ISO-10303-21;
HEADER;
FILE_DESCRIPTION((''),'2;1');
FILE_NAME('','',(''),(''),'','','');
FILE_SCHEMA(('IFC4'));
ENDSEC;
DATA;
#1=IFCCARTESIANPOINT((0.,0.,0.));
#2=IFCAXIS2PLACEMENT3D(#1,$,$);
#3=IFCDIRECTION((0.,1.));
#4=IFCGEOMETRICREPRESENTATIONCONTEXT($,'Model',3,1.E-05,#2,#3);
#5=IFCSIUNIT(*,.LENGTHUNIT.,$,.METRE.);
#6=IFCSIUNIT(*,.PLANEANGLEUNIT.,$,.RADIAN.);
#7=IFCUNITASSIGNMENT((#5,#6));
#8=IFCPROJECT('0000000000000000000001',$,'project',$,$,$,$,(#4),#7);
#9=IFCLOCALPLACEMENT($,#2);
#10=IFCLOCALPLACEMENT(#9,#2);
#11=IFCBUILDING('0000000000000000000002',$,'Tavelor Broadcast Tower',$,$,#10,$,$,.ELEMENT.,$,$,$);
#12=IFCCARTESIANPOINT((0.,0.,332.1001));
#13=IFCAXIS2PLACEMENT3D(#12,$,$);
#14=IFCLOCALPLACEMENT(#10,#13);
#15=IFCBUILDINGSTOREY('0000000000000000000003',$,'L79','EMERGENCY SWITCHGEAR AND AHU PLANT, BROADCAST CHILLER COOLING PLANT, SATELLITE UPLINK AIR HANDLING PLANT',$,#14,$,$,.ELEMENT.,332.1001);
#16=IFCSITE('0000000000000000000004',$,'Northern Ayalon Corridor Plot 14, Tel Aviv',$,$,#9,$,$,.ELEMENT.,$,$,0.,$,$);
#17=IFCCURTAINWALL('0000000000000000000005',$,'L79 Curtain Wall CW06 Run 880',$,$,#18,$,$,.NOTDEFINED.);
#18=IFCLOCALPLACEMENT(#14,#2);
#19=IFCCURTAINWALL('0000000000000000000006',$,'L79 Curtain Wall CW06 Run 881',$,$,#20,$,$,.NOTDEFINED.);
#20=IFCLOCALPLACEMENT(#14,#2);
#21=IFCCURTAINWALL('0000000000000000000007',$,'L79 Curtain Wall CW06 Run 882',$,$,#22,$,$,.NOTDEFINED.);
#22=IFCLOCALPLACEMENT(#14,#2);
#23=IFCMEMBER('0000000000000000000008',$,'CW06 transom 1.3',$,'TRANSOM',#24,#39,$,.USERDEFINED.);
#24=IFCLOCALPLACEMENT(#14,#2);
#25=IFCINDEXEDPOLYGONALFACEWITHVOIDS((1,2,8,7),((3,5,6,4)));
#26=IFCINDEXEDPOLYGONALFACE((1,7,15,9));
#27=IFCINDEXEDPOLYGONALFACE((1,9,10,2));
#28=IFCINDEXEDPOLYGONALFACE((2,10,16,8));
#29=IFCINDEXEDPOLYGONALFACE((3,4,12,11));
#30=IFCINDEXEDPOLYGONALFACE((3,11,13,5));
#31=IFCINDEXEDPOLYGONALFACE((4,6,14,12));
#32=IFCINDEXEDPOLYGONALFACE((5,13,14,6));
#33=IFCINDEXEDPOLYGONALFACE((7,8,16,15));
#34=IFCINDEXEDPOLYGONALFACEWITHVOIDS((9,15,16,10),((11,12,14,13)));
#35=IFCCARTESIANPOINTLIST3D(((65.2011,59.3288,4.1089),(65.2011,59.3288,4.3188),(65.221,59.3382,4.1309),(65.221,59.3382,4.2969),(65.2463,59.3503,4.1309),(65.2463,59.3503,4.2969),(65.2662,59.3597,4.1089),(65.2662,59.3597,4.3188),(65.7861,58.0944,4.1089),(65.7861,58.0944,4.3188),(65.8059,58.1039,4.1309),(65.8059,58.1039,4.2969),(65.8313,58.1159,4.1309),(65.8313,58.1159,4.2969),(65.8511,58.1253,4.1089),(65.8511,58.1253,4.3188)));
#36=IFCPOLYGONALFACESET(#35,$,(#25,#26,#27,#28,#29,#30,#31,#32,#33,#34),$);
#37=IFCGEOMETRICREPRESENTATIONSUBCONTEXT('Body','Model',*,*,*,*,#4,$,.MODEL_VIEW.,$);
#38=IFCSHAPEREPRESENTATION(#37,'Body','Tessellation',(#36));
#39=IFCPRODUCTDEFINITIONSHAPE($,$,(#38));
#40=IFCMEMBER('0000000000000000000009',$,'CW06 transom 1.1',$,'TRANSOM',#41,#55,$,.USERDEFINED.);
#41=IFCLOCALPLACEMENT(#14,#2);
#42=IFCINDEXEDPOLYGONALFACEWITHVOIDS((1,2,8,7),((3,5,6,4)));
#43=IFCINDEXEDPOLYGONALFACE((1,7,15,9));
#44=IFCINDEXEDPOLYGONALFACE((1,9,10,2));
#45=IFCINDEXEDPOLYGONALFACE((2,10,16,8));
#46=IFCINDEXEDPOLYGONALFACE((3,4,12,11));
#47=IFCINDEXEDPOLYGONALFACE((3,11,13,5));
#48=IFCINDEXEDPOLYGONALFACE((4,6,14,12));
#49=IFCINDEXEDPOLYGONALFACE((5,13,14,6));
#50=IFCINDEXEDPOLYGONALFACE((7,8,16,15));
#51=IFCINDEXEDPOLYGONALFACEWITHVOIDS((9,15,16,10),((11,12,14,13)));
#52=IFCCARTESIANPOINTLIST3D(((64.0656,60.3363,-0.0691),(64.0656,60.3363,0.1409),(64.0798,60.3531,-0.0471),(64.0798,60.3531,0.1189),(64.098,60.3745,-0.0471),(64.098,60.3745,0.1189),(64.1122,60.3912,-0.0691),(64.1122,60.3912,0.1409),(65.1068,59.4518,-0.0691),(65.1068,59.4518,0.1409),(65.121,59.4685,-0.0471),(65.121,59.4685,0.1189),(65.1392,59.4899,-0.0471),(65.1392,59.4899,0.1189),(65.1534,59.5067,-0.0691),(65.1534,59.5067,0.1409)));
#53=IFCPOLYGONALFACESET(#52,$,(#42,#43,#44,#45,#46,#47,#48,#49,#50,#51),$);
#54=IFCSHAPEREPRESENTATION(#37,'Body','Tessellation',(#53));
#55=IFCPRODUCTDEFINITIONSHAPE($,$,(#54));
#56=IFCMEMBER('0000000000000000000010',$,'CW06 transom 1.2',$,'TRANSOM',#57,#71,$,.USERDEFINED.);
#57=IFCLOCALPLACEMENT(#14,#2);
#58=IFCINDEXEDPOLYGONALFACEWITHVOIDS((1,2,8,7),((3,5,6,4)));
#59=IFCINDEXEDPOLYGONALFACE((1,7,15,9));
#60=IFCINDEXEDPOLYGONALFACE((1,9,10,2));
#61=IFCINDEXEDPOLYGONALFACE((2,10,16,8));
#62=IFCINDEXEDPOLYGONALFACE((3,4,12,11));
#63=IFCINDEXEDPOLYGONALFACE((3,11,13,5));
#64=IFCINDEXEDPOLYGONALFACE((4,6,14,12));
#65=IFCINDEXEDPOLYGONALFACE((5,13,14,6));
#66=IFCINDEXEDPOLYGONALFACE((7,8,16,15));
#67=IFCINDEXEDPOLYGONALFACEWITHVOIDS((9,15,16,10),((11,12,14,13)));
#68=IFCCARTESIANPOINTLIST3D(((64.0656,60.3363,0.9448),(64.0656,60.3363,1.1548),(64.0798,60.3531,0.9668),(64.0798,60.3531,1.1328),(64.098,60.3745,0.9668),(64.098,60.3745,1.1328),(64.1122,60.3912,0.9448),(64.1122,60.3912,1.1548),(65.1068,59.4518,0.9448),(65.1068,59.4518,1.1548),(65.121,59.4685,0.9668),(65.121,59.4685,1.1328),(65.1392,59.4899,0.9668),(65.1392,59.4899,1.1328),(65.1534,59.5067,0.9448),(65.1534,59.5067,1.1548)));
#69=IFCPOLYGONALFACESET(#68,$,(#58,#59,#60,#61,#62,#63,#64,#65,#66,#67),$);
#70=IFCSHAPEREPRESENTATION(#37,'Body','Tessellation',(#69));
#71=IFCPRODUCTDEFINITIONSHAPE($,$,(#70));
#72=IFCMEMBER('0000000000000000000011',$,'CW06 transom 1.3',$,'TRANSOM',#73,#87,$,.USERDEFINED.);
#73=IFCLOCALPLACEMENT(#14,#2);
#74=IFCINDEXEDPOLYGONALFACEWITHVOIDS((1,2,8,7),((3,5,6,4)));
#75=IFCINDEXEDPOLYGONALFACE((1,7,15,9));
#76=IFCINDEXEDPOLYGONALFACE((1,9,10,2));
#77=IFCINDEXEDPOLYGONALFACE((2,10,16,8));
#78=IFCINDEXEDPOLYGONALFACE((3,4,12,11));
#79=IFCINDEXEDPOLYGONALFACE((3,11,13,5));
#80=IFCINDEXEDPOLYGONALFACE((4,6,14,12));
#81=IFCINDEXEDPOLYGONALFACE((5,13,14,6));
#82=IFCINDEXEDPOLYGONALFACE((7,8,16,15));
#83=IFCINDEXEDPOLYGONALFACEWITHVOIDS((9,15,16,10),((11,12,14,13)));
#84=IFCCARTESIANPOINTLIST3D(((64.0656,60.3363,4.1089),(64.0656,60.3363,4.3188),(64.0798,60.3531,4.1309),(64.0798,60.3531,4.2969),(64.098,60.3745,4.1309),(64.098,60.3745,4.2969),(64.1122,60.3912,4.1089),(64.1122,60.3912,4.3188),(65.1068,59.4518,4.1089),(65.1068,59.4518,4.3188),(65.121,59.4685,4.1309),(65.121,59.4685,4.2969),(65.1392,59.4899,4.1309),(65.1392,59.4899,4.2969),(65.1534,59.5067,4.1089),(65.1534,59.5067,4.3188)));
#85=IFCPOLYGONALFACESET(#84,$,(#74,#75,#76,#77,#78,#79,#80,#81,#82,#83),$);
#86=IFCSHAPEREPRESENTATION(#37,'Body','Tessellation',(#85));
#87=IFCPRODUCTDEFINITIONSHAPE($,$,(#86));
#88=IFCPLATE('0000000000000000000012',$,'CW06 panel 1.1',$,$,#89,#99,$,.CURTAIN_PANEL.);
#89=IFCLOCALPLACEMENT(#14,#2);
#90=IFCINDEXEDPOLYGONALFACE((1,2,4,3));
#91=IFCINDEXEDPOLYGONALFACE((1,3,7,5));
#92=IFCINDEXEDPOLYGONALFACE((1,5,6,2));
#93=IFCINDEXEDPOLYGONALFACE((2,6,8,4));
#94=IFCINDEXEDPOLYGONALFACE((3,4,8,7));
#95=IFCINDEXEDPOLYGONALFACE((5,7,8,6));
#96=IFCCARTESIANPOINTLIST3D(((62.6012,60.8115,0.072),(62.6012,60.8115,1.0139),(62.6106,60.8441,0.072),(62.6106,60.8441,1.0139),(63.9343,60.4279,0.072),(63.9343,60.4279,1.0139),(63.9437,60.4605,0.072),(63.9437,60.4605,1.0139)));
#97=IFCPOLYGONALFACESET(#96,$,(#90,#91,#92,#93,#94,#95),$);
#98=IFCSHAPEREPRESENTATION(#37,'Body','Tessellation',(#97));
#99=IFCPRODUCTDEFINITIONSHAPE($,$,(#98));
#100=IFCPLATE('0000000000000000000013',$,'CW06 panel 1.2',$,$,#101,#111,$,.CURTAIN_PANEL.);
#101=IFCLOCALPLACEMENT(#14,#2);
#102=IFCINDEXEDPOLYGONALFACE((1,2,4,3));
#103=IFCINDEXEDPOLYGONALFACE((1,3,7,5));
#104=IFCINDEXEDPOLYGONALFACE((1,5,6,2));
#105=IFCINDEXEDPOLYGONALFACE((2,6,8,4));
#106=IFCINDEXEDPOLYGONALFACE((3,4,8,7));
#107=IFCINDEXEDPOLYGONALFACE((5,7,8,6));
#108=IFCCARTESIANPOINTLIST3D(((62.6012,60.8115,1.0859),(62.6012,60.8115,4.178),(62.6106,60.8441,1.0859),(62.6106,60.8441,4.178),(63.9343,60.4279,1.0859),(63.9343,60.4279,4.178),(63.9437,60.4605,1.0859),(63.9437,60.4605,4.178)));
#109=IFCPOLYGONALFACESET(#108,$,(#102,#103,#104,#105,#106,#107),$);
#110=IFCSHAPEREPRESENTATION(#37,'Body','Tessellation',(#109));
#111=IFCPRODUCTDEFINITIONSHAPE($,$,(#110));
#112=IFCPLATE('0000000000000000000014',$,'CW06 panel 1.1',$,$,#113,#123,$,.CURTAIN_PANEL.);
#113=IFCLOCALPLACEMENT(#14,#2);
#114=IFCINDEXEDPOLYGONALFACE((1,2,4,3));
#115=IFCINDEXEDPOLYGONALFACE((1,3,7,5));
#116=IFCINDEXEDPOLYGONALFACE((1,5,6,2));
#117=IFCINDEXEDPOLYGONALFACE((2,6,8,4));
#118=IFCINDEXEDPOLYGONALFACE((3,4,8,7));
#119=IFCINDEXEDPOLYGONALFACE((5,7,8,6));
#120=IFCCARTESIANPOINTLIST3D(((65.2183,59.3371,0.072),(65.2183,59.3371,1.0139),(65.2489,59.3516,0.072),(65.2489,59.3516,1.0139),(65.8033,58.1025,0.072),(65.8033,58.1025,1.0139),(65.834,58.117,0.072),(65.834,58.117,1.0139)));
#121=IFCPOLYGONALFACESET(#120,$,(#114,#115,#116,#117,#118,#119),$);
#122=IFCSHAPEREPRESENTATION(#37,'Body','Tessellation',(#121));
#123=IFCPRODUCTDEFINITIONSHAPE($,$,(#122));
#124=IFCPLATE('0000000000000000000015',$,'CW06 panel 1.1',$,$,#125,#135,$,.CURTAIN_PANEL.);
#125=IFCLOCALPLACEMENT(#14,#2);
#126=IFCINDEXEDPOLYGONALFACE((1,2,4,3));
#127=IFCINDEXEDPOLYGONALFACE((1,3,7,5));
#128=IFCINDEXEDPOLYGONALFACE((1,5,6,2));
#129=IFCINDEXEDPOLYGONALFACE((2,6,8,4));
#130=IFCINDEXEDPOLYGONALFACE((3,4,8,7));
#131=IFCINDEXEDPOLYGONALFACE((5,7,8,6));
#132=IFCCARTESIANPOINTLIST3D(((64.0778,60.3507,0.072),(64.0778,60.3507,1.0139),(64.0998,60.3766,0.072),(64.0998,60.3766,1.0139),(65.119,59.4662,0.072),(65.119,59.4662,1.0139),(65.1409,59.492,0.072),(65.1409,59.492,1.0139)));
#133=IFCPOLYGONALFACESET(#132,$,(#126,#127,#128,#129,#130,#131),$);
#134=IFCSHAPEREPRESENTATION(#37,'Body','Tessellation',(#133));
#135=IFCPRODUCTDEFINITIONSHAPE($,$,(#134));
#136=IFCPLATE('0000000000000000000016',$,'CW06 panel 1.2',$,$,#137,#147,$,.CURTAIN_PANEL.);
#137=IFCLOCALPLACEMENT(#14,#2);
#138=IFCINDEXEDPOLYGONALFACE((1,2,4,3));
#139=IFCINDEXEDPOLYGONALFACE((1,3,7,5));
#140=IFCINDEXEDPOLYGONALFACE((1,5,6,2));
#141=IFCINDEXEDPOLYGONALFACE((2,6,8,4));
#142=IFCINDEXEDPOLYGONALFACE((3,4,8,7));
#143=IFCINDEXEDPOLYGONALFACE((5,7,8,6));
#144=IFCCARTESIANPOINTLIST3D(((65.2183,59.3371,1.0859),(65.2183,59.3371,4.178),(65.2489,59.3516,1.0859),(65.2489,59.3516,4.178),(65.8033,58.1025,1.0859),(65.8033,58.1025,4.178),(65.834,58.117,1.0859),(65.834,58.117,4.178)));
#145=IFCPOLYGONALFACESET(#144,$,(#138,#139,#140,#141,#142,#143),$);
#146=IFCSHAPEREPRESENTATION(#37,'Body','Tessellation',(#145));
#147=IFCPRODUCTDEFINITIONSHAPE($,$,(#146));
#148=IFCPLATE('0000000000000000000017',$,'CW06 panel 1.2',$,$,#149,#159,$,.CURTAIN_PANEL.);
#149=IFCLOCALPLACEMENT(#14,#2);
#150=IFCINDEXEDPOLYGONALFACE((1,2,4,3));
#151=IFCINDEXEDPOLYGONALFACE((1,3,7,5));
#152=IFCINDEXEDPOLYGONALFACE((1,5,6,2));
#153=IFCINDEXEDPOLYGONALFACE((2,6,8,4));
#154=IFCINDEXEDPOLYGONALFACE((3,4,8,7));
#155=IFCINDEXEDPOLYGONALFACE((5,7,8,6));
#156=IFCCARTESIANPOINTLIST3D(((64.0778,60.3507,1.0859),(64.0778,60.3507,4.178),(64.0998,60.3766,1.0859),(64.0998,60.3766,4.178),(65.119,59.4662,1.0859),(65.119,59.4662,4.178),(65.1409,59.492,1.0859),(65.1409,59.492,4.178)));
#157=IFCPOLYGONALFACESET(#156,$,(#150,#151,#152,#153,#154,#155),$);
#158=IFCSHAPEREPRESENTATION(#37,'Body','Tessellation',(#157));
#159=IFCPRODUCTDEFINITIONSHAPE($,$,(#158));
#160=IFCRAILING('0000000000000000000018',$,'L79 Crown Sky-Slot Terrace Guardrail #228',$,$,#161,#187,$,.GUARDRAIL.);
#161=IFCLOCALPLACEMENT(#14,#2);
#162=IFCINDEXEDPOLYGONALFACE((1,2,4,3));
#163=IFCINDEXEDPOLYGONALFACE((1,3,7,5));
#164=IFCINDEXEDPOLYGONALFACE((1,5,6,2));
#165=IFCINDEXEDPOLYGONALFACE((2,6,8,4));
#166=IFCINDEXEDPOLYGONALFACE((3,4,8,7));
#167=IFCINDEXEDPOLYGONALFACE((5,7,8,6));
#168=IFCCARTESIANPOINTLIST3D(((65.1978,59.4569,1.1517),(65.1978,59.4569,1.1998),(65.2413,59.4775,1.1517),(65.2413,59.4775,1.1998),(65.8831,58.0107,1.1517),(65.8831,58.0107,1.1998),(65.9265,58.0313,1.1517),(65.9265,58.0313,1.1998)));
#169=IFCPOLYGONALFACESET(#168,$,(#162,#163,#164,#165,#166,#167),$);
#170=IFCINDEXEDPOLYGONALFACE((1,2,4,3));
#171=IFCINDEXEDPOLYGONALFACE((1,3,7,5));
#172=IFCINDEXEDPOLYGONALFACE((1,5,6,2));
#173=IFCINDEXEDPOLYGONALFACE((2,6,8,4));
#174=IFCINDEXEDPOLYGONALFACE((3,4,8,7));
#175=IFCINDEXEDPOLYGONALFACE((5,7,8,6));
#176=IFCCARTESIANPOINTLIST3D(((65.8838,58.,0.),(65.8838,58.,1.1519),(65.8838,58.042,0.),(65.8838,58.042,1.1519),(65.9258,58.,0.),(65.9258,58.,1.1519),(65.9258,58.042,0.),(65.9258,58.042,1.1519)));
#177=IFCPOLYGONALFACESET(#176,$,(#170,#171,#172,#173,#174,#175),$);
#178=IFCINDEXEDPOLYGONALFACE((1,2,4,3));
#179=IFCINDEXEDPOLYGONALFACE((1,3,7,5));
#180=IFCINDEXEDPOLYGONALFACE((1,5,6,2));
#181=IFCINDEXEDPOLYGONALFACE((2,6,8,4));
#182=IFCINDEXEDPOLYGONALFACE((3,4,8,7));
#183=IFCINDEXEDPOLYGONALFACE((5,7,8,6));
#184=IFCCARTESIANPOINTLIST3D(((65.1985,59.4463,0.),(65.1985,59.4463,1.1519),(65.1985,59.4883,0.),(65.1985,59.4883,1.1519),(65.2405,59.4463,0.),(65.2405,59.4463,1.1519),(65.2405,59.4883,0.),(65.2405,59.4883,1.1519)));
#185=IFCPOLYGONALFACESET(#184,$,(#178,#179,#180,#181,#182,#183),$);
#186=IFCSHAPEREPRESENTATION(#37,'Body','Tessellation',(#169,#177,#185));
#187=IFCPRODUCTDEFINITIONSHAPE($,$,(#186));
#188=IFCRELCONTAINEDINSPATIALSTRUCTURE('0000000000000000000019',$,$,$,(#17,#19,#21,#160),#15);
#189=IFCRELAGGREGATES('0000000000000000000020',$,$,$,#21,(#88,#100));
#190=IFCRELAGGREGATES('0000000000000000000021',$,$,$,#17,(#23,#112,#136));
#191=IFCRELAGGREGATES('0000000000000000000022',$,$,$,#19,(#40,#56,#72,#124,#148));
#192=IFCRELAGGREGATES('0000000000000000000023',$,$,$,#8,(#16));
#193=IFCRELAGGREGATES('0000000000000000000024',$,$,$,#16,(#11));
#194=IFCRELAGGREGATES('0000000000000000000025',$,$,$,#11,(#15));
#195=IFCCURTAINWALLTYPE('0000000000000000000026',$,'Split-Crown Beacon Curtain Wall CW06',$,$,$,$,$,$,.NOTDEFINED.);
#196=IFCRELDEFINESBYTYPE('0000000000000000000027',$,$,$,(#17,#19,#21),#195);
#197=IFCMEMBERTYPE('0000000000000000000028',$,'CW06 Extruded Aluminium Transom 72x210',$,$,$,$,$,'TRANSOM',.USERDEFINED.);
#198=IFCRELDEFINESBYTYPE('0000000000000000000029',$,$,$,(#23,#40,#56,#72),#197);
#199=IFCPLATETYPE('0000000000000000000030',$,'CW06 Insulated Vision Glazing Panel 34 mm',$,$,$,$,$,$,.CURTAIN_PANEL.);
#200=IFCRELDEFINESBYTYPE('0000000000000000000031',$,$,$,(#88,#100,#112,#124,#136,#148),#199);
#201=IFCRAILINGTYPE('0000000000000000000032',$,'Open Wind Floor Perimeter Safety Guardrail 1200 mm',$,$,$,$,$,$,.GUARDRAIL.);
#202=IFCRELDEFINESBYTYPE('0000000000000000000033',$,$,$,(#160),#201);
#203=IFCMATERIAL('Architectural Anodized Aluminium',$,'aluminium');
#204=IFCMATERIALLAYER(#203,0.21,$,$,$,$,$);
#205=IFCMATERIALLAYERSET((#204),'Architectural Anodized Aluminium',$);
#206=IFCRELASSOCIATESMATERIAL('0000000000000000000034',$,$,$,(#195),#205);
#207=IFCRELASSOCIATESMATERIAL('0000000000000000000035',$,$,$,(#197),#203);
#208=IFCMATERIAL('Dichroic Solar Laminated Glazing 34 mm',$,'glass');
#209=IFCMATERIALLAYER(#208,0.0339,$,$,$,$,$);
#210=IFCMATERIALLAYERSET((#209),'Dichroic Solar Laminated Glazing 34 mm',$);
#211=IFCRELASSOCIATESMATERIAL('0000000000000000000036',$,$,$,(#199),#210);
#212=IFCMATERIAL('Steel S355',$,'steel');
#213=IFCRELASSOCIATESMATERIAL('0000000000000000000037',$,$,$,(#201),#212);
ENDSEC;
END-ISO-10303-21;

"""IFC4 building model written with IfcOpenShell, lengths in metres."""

from ifc_helpers import new_model, si_unit, direction, frame, origin, origin_2d, place, context, subcontext, project, spatial, rectangle, hollow_rectangle, extrude, source, transform, mapped, material, layer, layer_set, material_profile, profile_set, type_object, type_shapes, element, aggregate, save


model = new_model("IFC4")

# Units and contexts
model_context = context("Model", 3, precision=1e-05, world=origin(), true_north=direction((0.0, 1.0)))
body_context = subcontext(model_context, "Body", "Model", "MODEL_VIEW")
ifc_project = project(units=[si_unit("LENGTHUNIT", "METRE"), si_unit("PLANEANGLEUNIT", "RADIAN")], contexts=[model_context])

# Site, building, storey
site_placement = place(None, origin())
site = spatial("IfcSite", under=ifc_project, at=site_placement, Name="Northern Ayalon Corridor Plot 14, Tel Aviv", CompositionType="ELEMENT", RefElevation=0.0)
building_placement = place(site_placement, origin())
building = spatial("IfcBuilding", under=site, at=building_placement, Name="Tavelor Broadcast Tower", CompositionType="ELEMENT")
storey_placement = place(building_placement, frame((0.0, 0.0, 332.1001)))
storey = spatial("IfcBuildingStorey", under=building, at=storey_placement, Name="L79", Description="EMERGENCY SWITCHGEAR AND AHU PLANT, BROADCAST CHILLER COOLING PLANT, SATELLITE UPLINK AIR HANDLING PLANT", CompositionType="ELEMENT", Elevation=332.1001)

# Curtain walls
ifc_material_1 = material(Name="Architectural Anodized Aluminium", Category="aluminium")
ifc_layer_1 = layer(ifc_material_1, 0.21)
ifc_layer_set_1 = layer_set([ifc_layer_1], Name="Architectural Anodized Aluminium")
curtain_wall_type = type_object("IfcCurtainWallType", Name="Split-Crown Beacon Curtain Wall CW06", PredefinedType="NOTDEFINED", material=ifc_layer_set_1)
curtain_wall_1_placement = place(storey_placement, origin())
curtain_wall_1 = element("IfcCurtainWall", 1, at=curtain_wall_1_placement, inside=storey, type_object=curtain_wall_type, Name="L79 Curtain Wall CW06 Run 880", PredefinedType="NOTDEFINED")
curtain_wall_2_placement = place(storey_placement, origin())
curtain_wall_2 = element("IfcCurtainWall", 2, at=curtain_wall_2_placement, inside=storey, type_object=curtain_wall_type, Name="L79 Curtain Wall CW06 Run 881", PredefinedType="NOTDEFINED")
curtain_wall_3_placement = place(storey_placement, origin())
curtain_wall_3 = element("IfcCurtainWall", 3, at=curtain_wall_3_placement, inside=storey, type_object=curtain_wall_type, Name="L79 Curtain Wall CW06 Run 882", PredefinedType="NOTDEFINED")
ifc_material_profile_1 = material_profile(ifc_material_1, hollow_rectangle(XDim=0.072, YDim=0.21, WallThickness=0.022, at=origin_2d()), Name="RHS 72x210x22")
ifc_profile_set_1 = profile_set([ifc_material_profile_1], Name="Architectural Anodized Aluminium")
member_type_1 = type_object("IfcMemberType", Name="CW06 Extruded Aluminium Transom 72x210", ElementType="TRANSOM", PredefinedType="USERDEFINED", material=ifc_profile_set_1)

# Members
shared_shape_1 = source(origin(), body_context, "Body", "SweptSolid", [
    extrude(hollow_rectangle(XDim=0.072, YDim=0.21, WallThickness=0.022, at=origin_2d()), origin(), (0.0, 0.0, 1.0), 1.366),
])
member_1_placement = place(storey_placement, frame((65.8186, 58.1099, 4.2139), z_axis=(-0.42824, 0.903665, 0.0), x_axis=(-0.903665, -0.42824, 0.0)))
member_1 = element("IfcMember", 4, at=member_1_placement, type_object=member_type_1, Name="CW06 transom 1.3", ObjectType="TRANSOM", PredefinedType="USERDEFINED", context=body_context, shape_type="MappedRepresentation", body=[
    mapped(shared_shape_1, transform((0.0, 0.0, 0.0), scale=1.0)),
])
shared_shape_2 = source(origin(), body_context, "Body", "SweptSolid", [
    extrude(hollow_rectangle(XDim=0.072, YDim=0.21, WallThickness=0.022, at=origin_2d()), origin(), (0.0, 0.0, 1.0), 1.3662),
])
member_2_placement = place(storey_placement, frame((65.1301, 59.4792, 0.0359), z_axis=(-0.762138, 0.647415, 0.0), x_axis=(-0.647415, -0.762138, 0.0)))
member_2 = element("IfcMember", 5, at=member_2_placement, type_object=member_type_1, Name="CW06 transom 1.1", ObjectType="TRANSOM", PredefinedType="USERDEFINED", context=body_context, shape_type="MappedRepresentation", body=[
    mapped(shared_shape_2, transform((0.0, 0.0, 0.0), scale=1.0)),
])
member_3_placement = place(storey_placement, frame((65.1301, 59.4792, 1.0498), z_axis=(-0.762138, 0.647415, 0.0), x_axis=(-0.647415, -0.762138, 0.0)))
member_3 = element("IfcMember", 6, at=member_3_placement, type_object=member_type_1, Name="CW06 transom 1.2", ObjectType="TRANSOM", PredefinedType="USERDEFINED", context=body_context, shape_type="MappedRepresentation", body=[
    mapped(shared_shape_2, transform((0.0, 0.0, 0.0), scale=1.0)),
])
member_4_placement = place(storey_placement, frame((65.1301, 59.4792, 4.2139), z_axis=(-0.762138, 0.647415, 0.0), x_axis=(-0.647415, -0.762138, 0.0)))
member_4 = element("IfcMember", 7, at=member_4_placement, type_object=member_type_1, Name="CW06 transom 1.3", ObjectType="TRANSOM", PredefinedType="USERDEFINED", context=body_context, shape_type="MappedRepresentation", body=[
    mapped(shared_shape_2, transform((0.0, 0.0, 0.0), scale=1.0)),
])

# Plates
ifc_material_2 = material(Name="Dichroic Solar Laminated Glazing 34 mm", Category="glass")
ifc_layer_2 = layer(ifc_material_2, 0.0339)
ifc_layer_set_2 = layer_set([ifc_layer_2], Name="Dichroic Solar Laminated Glazing 34 mm")
plate_type = type_object("IfcPlateType", Name="CW06 Insulated Vision Glazing Panel 34 mm", PredefinedType="CURTAIN_PANEL", material=ifc_layer_set_2)
shared_shape_3 = source(origin(), body_context, "Body", "SweptSolid", [
    extrude(rectangle(XDim=1.3872, YDim=0.0339, at=origin_2d()), origin(), (0.0, 0.0, 1.0), 0.9419),
])
plate_1_placement = place(storey_placement, frame((63.2725, 60.636, 0.072), z_axis=(0.0, 0.0, 1.0), x_axis=(-0.96101, 0.276515, 0.0)))
plate_1 = element("IfcPlate", 8, at=plate_1_placement, type_object=plate_type, Name="CW06 panel 1.1", PredefinedType="CURTAIN_PANEL", context=body_context, shape_type="MappedRepresentation", body=[
    mapped(shared_shape_3, transform((0.0, 0.0, 0.0), scale=1.0)),
])
shared_shape_4 = source(origin(), body_context, "Body", "SweptSolid", [
    extrude(rectangle(XDim=1.3872, YDim=0.0339, at=origin_2d()), origin(), (0.0, 0.0, 1.0), 3.092),
])
plate_2_placement = place(storey_placement, frame((63.2725, 60.636, 1.0859), z_axis=(0.0, 0.0, 1.0), x_axis=(-0.96101, 0.276515, 0.0)))
plate_2 = element("IfcPlate", 9, at=plate_2_placement, type_object=plate_type, Name="CW06 panel 1.2", PredefinedType="CURTAIN_PANEL", context=body_context, shape_type="MappedRepresentation", body=[
    mapped(shared_shape_4, transform((0.0, 0.0, 0.0), scale=1.0)),
])
aggregate(curtain_wall_3, [plate_1, plate_2])
shared_shape_5 = source(origin(), body_context, "Body", "SweptSolid", [
    extrude(rectangle(XDim=1.3662, YDim=0.0339, at=origin_2d()), origin(), (0.0, 0.0, 1.0), 0.9419),
])
plate_3_placement = place(storey_placement, frame((65.5261, 58.7271, 0.072), z_axis=(0.0, 0.0, 1.0), x_axis=(-0.428229, 0.90367, 0.0)))
plate_3 = element("IfcPlate", 10, at=plate_3_placement, type_object=plate_type, Name="CW06 panel 1.1", PredefinedType="CURTAIN_PANEL", context=body_context, shape_type="MappedRepresentation", body=[
    mapped(shared_shape_5, transform((0.0, 0.0, 0.0), scale=1.0)),
])
plate_4_placement = place(storey_placement, frame((64.6094, 59.9214, 0.072), z_axis=(0.0, 0.0, 1.0), x_axis=(-0.762091, 0.64747, 0.0)))
plate_4 = element("IfcPlate", 11, at=plate_4_placement, type_object=plate_type, Name="CW06 panel 1.1", PredefinedType="CURTAIN_PANEL", context=body_context, shape_type="MappedRepresentation", body=[
    mapped(shared_shape_5, transform((0.0, 0.0, 0.0), scale=1.0)),
])
shared_shape_6 = source(origin(), body_context, "Body", "SweptSolid", [
    extrude(rectangle(XDim=1.3662, YDim=0.0339, at=origin_2d()), origin(), (0.0, 0.0, 1.0), 3.092),
])
type_shapes(plate_type, [shared_shape_3, shared_shape_4, shared_shape_5, shared_shape_6])
plate_5_placement = place(storey_placement, frame((65.5261, 58.7271, 1.0859), z_axis=(0.0, 0.0, 1.0), x_axis=(-0.428229, 0.90367, 0.0)))
plate_5 = element("IfcPlate", 12, at=plate_5_placement, type_object=plate_type, Name="CW06 panel 1.2", PredefinedType="CURTAIN_PANEL", context=body_context, shape_type="MappedRepresentation", body=[
    mapped(shared_shape_6, transform((0.0, 0.0, 0.0), scale=1.0)),
])
aggregate(curtain_wall_1, [member_1, plate_3, plate_5])
plate_6_placement = place(storey_placement, frame((64.6094, 59.9214, 1.0859), z_axis=(0.0, 0.0, 1.0), x_axis=(-0.762091, 0.64747, 0.0)))
plate_6 = element("IfcPlate", 13, at=plate_6_placement, type_object=plate_type, Name="CW06 panel 1.2", PredefinedType="CURTAIN_PANEL", context=body_context, shape_type="MappedRepresentation", body=[
    mapped(shared_shape_6, transform((0.0, 0.0, 0.0), scale=1.0)),
])
aggregate(curtain_wall_2, [member_2, member_3, member_4, plate_4, plate_6])

# Railing
ifc_material_3 = material(Name="Steel S355", Category="steel")
railing_type = type_object("IfcRailingType", Name="Open Wind Floor Perimeter Safety Guardrail 1200 mm", PredefinedType="GUARDRAIL", material=ifc_material_3)
railing_1_placement = place(storey_placement, frame((65.9048, 58.021, 0.0)))
element("IfcRailing", 14, at=railing_1_placement, inside=storey, type_object=railing_type, Name="L79 Crown Sky-Slot Terrace Guardrail #228", PredefinedType="GUARDRAIL", context=body_context, shape_type="SweptSolid", body=[
    extrude(rectangle(XDim=0.0481, YDim=0.0481, at=origin_2d()), frame((0.0, 0.0, 1.1758), z_axis=(-0.428198, 0.903685, 0.0), x_axis=(-0.903685, -0.428198, 0.0)), (0.0, 0.0, 1.0), 1.6003),
    extrude(rectangle(XDim=0.042, YDim=0.042, at=origin_2d()), origin(), (0.0, 0.0, 1.0), 1.1519),
    extrude(rectangle(XDim=0.042, YDim=0.042, at=origin_2d()), frame((-0.6853, 1.4463, 0.0)), (0.0, 0.0, 1.0), 1.1519),
])

save(model, "model.ifc")
